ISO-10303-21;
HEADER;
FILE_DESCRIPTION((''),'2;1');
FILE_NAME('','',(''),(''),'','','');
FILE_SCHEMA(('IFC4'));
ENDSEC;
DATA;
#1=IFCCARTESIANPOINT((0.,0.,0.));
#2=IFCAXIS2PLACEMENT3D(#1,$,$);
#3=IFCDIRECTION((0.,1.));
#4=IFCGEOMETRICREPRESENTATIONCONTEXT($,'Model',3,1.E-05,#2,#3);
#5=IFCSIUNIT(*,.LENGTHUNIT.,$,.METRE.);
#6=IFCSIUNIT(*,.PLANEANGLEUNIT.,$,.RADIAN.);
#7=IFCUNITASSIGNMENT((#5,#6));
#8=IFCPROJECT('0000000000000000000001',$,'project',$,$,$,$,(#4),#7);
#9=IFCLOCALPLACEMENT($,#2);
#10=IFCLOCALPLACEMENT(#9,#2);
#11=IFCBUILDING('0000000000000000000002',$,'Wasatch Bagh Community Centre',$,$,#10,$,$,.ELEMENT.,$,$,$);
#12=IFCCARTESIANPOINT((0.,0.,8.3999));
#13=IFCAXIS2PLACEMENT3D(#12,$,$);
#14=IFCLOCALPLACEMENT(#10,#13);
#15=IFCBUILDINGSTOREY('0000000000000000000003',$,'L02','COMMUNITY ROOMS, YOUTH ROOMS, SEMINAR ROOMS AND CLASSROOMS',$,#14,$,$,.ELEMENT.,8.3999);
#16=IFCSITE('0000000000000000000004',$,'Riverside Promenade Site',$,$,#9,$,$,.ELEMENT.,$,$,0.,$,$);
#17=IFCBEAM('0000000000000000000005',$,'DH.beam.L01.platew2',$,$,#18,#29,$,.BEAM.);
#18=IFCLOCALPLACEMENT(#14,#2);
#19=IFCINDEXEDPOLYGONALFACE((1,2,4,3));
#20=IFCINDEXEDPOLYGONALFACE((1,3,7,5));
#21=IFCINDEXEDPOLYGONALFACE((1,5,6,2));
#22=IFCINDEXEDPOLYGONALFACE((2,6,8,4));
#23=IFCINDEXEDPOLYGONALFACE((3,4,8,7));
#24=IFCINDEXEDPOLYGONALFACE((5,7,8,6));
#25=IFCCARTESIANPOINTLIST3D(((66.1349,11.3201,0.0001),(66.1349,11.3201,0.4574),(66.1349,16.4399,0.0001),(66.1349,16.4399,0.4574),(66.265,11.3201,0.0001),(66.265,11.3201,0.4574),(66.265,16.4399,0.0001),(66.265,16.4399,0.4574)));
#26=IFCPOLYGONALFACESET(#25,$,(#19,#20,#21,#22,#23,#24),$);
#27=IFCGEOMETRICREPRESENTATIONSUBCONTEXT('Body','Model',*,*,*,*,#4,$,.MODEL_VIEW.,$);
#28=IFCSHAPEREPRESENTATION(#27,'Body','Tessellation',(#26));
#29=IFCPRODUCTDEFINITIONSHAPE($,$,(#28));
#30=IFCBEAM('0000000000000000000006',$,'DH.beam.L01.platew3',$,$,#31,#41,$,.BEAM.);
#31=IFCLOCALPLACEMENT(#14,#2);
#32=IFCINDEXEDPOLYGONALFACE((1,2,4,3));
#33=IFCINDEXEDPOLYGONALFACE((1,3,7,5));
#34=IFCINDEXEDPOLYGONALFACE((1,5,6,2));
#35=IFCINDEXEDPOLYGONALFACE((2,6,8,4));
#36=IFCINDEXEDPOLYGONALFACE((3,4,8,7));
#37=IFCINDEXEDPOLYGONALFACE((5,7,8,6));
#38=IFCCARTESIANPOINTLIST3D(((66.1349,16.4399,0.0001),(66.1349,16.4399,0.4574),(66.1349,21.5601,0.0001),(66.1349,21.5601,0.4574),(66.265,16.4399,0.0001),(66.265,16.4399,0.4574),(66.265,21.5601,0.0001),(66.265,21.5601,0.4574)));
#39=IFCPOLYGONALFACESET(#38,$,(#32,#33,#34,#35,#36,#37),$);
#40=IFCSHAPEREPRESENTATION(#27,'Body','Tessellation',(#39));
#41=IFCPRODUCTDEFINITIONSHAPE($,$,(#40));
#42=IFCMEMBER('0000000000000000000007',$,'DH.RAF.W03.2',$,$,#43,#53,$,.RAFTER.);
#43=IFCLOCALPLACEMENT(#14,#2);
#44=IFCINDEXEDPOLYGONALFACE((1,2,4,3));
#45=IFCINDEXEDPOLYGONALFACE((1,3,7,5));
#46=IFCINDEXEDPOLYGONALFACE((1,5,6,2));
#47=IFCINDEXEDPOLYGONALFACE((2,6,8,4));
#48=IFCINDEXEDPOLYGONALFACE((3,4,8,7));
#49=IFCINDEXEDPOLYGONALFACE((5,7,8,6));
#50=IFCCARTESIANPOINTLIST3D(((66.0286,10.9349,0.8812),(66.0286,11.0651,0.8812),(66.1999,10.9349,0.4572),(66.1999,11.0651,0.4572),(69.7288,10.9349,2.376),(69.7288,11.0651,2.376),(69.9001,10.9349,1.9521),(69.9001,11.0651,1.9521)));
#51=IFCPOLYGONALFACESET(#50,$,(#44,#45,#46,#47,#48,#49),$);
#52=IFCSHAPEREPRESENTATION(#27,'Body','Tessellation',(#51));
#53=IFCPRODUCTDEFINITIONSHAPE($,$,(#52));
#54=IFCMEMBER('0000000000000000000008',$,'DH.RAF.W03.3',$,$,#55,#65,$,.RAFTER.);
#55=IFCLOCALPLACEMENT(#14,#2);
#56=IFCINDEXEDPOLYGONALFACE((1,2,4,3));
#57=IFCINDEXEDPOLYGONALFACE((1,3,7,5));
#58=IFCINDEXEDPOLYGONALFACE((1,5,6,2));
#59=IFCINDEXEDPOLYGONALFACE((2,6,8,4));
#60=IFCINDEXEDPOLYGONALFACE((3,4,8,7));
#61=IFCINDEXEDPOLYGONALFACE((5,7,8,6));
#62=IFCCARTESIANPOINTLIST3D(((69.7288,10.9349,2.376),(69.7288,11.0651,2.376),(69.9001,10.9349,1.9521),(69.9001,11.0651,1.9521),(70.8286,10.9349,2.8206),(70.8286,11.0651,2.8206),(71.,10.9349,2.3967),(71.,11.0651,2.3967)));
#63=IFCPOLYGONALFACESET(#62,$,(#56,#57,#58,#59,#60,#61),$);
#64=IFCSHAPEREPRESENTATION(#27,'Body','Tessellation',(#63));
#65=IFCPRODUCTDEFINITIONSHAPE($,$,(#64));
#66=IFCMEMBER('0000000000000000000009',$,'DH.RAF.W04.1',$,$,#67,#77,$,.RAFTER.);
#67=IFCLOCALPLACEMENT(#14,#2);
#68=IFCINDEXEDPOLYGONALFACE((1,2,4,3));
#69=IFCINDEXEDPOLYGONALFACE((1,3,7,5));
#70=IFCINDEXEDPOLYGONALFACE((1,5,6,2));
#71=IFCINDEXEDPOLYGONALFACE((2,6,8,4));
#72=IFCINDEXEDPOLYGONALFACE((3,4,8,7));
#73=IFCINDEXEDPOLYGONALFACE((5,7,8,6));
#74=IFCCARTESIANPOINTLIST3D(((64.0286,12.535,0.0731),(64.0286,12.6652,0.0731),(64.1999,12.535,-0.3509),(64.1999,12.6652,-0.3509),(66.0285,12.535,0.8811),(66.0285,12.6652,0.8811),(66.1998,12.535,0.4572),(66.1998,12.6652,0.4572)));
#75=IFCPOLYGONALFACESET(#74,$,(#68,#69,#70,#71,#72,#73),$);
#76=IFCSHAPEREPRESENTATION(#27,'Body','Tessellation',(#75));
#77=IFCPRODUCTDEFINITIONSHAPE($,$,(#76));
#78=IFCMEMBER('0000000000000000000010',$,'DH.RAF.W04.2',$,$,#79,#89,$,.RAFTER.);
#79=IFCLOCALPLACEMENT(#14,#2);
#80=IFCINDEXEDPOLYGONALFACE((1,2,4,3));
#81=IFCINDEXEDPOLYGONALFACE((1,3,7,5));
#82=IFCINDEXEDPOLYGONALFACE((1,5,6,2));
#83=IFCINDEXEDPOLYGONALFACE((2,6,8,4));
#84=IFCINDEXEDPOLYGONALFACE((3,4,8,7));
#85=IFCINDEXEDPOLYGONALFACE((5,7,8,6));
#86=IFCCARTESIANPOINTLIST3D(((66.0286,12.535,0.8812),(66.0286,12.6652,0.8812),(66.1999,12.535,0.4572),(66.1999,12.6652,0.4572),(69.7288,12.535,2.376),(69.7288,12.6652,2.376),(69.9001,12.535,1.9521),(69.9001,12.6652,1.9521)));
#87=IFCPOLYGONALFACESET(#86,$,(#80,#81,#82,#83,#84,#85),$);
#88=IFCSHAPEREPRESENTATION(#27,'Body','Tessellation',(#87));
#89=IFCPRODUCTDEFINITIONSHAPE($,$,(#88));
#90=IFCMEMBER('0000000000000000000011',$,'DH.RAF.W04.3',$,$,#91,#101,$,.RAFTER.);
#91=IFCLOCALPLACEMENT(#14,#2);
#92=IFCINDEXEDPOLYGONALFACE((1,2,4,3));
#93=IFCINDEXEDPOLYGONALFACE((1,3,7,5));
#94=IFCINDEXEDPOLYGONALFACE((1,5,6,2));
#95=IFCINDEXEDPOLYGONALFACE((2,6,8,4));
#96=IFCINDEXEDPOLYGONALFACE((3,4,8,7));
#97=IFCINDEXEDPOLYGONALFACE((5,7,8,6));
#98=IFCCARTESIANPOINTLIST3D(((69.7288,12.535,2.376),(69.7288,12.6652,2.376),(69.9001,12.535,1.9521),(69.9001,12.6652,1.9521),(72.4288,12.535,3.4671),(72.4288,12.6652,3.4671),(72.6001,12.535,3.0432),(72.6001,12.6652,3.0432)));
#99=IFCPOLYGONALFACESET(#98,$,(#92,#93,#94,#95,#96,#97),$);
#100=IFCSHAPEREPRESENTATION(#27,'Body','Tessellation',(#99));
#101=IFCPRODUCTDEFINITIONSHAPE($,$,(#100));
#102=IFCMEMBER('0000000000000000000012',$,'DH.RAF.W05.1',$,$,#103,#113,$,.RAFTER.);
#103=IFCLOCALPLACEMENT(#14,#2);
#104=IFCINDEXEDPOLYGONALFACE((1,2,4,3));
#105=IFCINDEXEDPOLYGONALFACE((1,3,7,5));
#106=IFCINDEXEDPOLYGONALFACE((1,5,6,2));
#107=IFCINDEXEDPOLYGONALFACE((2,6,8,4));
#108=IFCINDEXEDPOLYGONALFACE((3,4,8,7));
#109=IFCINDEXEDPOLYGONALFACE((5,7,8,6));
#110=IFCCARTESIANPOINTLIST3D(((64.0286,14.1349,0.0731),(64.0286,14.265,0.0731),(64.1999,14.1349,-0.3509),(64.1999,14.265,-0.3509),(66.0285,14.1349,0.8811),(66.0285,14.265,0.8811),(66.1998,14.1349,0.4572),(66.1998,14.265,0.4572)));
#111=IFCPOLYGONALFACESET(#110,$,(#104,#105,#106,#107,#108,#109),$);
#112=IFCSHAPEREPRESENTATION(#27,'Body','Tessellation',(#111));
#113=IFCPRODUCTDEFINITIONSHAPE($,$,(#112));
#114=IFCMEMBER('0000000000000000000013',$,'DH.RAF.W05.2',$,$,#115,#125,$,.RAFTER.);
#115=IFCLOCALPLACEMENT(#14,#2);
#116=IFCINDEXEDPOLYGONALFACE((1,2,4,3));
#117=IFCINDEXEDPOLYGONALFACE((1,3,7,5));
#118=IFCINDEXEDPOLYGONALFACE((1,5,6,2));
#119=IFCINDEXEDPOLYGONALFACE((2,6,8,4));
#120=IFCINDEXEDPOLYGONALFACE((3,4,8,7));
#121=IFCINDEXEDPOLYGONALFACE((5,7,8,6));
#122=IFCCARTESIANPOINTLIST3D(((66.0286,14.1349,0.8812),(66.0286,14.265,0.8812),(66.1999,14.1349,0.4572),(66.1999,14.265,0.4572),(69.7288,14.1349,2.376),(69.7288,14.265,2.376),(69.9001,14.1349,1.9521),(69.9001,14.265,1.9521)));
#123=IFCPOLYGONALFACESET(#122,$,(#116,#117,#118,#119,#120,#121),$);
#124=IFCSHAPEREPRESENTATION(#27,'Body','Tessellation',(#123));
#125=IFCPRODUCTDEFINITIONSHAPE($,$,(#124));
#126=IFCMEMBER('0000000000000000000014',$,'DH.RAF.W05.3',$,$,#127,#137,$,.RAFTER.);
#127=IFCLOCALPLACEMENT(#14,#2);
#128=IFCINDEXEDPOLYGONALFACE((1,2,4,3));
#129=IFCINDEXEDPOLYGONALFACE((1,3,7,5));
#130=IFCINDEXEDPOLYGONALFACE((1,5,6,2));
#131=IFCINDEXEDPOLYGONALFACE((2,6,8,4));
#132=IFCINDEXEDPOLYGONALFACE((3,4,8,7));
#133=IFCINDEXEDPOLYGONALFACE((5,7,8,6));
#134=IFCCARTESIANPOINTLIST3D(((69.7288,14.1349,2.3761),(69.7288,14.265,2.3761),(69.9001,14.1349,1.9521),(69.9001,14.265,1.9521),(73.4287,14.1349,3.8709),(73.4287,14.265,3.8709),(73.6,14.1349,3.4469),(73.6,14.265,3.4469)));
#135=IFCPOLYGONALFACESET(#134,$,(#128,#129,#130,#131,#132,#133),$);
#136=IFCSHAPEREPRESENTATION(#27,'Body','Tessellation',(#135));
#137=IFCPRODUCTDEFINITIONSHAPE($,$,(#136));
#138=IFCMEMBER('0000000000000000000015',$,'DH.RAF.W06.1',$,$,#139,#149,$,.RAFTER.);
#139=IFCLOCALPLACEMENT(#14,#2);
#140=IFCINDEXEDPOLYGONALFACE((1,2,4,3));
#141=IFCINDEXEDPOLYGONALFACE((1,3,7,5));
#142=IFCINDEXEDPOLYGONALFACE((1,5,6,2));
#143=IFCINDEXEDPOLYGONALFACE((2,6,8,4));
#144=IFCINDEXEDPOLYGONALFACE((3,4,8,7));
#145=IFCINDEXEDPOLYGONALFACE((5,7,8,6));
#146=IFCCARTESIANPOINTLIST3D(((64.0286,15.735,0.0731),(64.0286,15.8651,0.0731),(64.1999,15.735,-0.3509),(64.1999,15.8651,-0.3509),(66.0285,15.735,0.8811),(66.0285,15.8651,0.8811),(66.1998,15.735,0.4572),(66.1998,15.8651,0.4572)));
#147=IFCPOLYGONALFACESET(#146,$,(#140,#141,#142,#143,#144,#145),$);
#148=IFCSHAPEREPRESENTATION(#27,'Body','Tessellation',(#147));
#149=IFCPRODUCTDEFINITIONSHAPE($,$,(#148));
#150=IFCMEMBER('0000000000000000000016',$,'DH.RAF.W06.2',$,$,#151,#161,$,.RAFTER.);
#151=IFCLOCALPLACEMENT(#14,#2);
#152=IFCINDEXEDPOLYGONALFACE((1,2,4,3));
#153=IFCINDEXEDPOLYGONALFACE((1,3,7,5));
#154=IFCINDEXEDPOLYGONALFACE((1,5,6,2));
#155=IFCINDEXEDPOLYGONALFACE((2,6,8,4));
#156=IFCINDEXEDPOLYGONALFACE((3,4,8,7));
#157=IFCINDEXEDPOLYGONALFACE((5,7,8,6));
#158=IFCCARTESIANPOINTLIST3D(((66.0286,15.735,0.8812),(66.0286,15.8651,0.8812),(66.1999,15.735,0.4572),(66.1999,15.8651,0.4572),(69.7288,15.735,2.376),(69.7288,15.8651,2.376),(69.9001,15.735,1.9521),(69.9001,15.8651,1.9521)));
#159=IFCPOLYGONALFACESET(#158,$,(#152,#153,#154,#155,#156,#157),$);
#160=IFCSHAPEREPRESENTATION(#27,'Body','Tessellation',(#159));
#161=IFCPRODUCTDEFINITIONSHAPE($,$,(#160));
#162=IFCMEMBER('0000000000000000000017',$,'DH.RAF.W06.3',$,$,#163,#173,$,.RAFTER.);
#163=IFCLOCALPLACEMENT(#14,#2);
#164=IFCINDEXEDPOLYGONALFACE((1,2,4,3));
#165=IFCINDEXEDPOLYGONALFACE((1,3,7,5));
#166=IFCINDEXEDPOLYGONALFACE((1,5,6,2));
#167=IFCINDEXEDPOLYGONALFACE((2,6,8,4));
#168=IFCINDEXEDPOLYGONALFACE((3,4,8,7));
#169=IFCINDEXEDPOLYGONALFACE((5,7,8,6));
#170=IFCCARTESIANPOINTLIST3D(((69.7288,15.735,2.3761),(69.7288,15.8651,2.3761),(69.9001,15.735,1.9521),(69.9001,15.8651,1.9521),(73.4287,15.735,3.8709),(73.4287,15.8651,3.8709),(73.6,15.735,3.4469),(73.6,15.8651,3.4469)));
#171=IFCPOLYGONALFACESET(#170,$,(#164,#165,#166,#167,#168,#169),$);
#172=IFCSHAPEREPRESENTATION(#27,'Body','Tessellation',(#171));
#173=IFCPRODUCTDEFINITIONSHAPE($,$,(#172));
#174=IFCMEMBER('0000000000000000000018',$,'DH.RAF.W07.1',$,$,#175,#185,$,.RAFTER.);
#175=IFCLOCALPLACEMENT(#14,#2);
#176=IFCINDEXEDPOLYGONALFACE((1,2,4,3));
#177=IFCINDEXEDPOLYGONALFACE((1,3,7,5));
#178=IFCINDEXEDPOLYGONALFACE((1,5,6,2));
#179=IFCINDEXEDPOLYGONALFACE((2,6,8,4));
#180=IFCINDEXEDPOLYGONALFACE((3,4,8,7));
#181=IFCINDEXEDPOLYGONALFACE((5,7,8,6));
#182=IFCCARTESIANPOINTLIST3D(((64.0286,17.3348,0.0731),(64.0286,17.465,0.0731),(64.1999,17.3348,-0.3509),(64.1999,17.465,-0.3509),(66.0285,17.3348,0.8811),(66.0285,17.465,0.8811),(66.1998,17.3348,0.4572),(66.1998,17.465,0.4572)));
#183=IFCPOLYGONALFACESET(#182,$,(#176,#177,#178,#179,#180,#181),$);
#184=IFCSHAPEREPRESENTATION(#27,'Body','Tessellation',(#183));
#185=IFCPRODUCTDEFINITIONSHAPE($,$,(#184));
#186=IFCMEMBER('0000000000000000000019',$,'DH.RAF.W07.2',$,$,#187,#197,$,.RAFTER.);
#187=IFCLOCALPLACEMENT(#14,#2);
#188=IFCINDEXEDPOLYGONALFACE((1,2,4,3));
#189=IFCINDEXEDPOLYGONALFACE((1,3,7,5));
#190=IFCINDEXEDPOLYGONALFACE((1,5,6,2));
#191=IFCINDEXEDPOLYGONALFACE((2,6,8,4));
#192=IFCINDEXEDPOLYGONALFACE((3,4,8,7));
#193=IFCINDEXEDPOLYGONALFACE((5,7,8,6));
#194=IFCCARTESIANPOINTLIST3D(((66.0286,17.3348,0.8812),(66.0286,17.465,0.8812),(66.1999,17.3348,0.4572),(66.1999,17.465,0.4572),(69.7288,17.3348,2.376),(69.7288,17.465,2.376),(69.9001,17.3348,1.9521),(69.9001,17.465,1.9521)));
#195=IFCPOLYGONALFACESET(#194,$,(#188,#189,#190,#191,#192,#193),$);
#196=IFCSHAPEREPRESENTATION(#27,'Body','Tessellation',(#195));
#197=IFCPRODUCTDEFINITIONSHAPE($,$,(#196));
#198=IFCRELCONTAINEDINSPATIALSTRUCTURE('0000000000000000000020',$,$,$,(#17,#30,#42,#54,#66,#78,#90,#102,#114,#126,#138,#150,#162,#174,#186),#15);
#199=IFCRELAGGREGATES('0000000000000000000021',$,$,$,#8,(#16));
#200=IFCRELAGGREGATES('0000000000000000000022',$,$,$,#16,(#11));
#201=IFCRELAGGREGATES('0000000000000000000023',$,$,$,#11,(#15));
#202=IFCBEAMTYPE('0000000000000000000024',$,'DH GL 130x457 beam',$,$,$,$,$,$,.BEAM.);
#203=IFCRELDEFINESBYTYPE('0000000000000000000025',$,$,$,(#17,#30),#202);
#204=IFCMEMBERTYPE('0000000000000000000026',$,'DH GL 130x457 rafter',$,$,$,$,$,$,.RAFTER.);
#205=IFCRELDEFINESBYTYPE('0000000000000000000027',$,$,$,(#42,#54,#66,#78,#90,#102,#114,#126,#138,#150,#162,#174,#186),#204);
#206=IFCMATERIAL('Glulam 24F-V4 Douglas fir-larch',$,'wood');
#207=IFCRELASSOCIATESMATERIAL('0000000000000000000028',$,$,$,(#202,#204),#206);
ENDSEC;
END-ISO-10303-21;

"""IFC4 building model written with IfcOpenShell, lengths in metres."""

from ifc_helpers import new_model, si_unit, direction, frame, origin, origin_2d, place, context, subcontext, project, spatial, rectangle, extrude, material, material_profile, profile_set, type_object, element, save


model = new_model("IFC4")

# Units and contexts
model_context = context("Model", 3, precision=1e-05, world=origin(), true_north=direction((0.0, 1.0)))
body_context = subcontext(model_context, "Body", "Model", "MODEL_VIEW")
ifc_project = project(units=[si_unit("LENGTHUNIT", "METRE"), si_unit("PLANEANGLEUNIT", "RADIAN")], contexts=[model_context])

# Site, building, storey
site_placement = place(None, origin())
site = spatial("IfcSite", under=ifc_project, at=site_placement, Name="Riverside Promenade Site", CompositionType="ELEMENT", RefElevation=0.0)
building_placement = place(site_placement, origin())
building = spatial("IfcBuilding", under=site, at=building_placement, Name="Wasatch Bagh Community Centre", CompositionType="ELEMENT")
storey_placement = place(building_placement, frame((0.0, 0.0, 8.3999)))
storey = spatial("IfcBuildingStorey", under=building, at=storey_placement, Name="L02", Description="COMMUNITY ROOMS, YOUTH ROOMS, SEMINAR ROOMS AND CLASSROOMS", CompositionType="ELEMENT", Elevation=8.3999)

# Beams
ifc_material_1 = material(Name="Glulam 24F-V4 Douglas fir-larch", Category="wood")
ifc_material_profile_1 = material_profile(ifc_material_1, rectangle(XDim=0.1301, YDim=0.4573, at=origin_2d()), Name="GL 130x457")
ifc_profile_set_1 = profile_set([ifc_material_profile_1], Name="Glulam 24F-V4 Douglas fir-larch")
beam_type = type_object("IfcBeamType", Name="DH GL 130x457 beam", PredefinedType="BEAM", material=ifc_profile_set_1)
beam_1_placement = place(storey_placement, frame((66.2, 11.3201, 0.2288), z_axis=(0.0, 1.0, 0.0), x_axis=(-1.0, 0.0, 0.0)))
element("IfcBeam", 1, at=beam_1_placement, inside=storey, type_object=beam_type, Name="DH.beam.L01.platew2", PredefinedType="BEAM", context=body_context, shape_type="SweptSolid", body=[
    extrude(rectangle(XDim=0.1301, YDim=0.4573, at=origin_2d()), origin(), (0.0, 0.0, 1.0), 5.1199),
])
beam_2_placement = place(storey_placement, frame((66.2, 16.4399, 0.2288), z_axis=(0.0, 1.0, 0.0), x_axis=(-1.0, 0.0, 0.0)))
element("IfcBeam", 2, at=beam_2_placement, inside=storey, type_object=beam_type, Name="DH.beam.L01.platew3", PredefinedType="BEAM", context=body_context, shape_type="SweptSolid", body=[
    extrude(rectangle(XDim=0.1301, YDim=0.4573, at=origin_2d()), origin(), (0.0, 0.0, 1.0), 5.1201),
])

# Members
ifc_material_profile_2 = material_profile(ifc_material_1, rectangle(XDim=0.1301, YDim=0.4573, at=origin_2d()), Name="GL 130x457")
ifc_profile_set_2 = profile_set([ifc_material_profile_2], Name="Glulam 24F-V4 Douglas fir-larch")
member_type = type_object("IfcMemberType", Name="DH GL 130x457 rafter", PredefinedType="RAFTER", material=ifc_profile_set_2)
member_1_placement = place(storey_placement, frame((66.1143, 11.0, 0.6692), z_axis=(0.927193, 0.0, 0.374584), x_axis=(0.0, 1.0, 0.0)))
element("IfcMember", 3, at=member_1_placement, inside=storey, type_object=member_type, Name="DH.RAF.W03.2", PredefinedType="RAFTER", context=body_context, shape_type="SweptSolid", body=[
    extrude(rectangle(XDim=0.1301, YDim=0.4573, at=origin_2d()), origin(), (0.0, 0.0, 1.0), 3.9907),
])
member_2_placement = place(storey_placement, frame((69.8145, 11.0, 2.1641), z_axis=(0.927122, 0.0, 0.374759), x_axis=(0.0, 1.0, 0.0)))
element("IfcMember", 4, at=member_2_placement, inside=storey, type_object=member_type, Name="DH.RAF.W03.3", PredefinedType="RAFTER", context=body_context, shape_type="SweptSolid", body=[
    extrude(rectangle(XDim=0.1301, YDim=0.4573, at=origin_2d()), origin(), (0.0, 0.0, 1.0), 1.1863),
])
member_3_placement = place(storey_placement, frame((64.1143, 12.6001, -0.1389), z_axis=(0.927175, 0.0, 0.374628), x_axis=(0.0, 1.0, 0.0)))
element("IfcMember", 5, at=member_3_placement, inside=storey, type_object=member_type, Name="DH.RAF.W04.1", PredefinedType="RAFTER", context=body_context, shape_type="SweptSolid", body=[
    extrude(rectangle(XDim=0.1301, YDim=0.4573, at=origin_2d()), origin(), (0.0, 0.0, 1.0), 2.157),
])
member_4_placement = place(storey_placement, frame((66.1143, 12.6001, 0.6692), z_axis=(0.927193, 0.0, 0.374584), x_axis=(0.0, 1.0, 0.0)))
element("IfcMember", 6, at=member_4_placement, inside=storey, type_object=member_type, Name="DH.RAF.W04.2", PredefinedType="RAFTER", context=body_context, shape_type="SweptSolid", body=[
    extrude(rectangle(XDim=0.1301, YDim=0.4573, at=origin_2d()), origin(), (0.0, 0.0, 1.0), 3.9907),
])
member_5_placement = place(storey_placement, frame((69.8145, 12.6001, 2.1641), z_axis=(0.927158, 0.0, 0.37467), x_axis=(0.0, 1.0, 0.0)))
element("IfcMember", 7, at=member_5_placement, inside=storey, type_object=member_type, Name="DH.RAF.W04.3", PredefinedType="RAFTER", context=body_context, shape_type="SweptSolid", body=[
    extrude(rectangle(XDim=0.1301, YDim=0.4573, at=origin_2d()), origin(), (0.0, 0.0, 1.0), 2.9121),
])
member_6_placement = place(storey_placement, frame((64.1143, 14.2, -0.1389), z_axis=(0.927175, 0.0, 0.374628), x_axis=(0.0, 1.0, 0.0)))
element("IfcMember", 8, at=member_6_placement, inside=storey, type_object=member_type, Name="DH.RAF.W05.1", PredefinedType="RAFTER", context=body_context, shape_type="SweptSolid", body=[
    extrude(rectangle(XDim=0.1301, YDim=0.4573, at=origin_2d()), origin(), (0.0, 0.0, 1.0), 2.157),
])
member_7_placement = place(storey_placement, frame((66.1143, 14.2, 0.6692), z_axis=(0.927193, 0.0, 0.374584), x_axis=(0.0, 1.0, 0.0)))
element("IfcMember", 9, at=member_7_placement, inside=storey, type_object=member_type, Name="DH.RAF.W05.2", PredefinedType="RAFTER", context=body_context, shape_type="SweptSolid", body=[
    extrude(rectangle(XDim=0.1301, YDim=0.4573, at=origin_2d()), origin(), (0.0, 0.0, 1.0), 3.9907),
])
member_8_placement = place(storey_placement, frame((69.8145, 14.2, 2.1641), z_axis=(0.927184, 0.0, 0.374606), x_axis=(0.0, 1.0, 0.0)))
element("IfcMember", 10, at=member_8_placement, inside=storey, type_object=member_type, Name="DH.RAF.W05.3", PredefinedType="RAFTER", context=body_context, shape_type="SweptSolid", body=[
    extrude(rectangle(XDim=0.1301, YDim=0.4573, at=origin_2d()), origin(), (0.0, 0.0, 1.0), 3.9905),
])
member_9_placement = place(storey_placement, frame((64.1143, 15.8, -0.1389), z_axis=(0.927175, 0.0, 0.374628), x_axis=(0.0, 1.0, 0.0)))
element("IfcMember", 11, at=member_9_placement, inside=storey, type_object=member_type, Name="DH.RAF.W06.1", PredefinedType="RAFTER", context=body_context, shape_type="SweptSolid", body=[
    extrude(rectangle(XDim=0.1301, YDim=0.4573, at=origin_2d()), origin(), (0.0, 0.0, 1.0), 2.157),
])
member_10_placement = place(storey_placement, frame((66.1143, 15.8, 0.6692), z_axis=(0.927193, 0.0, 0.374584), x_axis=(0.0, 1.0, 0.0)))
element("IfcMember", 12, at=member_10_placement, inside=storey, type_object=member_type, Name="DH.RAF.W06.2", PredefinedType="RAFTER", context=body_context, shape_type="SweptSolid", body=[
    extrude(rectangle(XDim=0.1301, YDim=0.4573, at=origin_2d()), origin(), (0.0, 0.0, 1.0), 3.9907),
])
member_11_placement = place(storey_placement, frame((69.8145, 15.8, 2.1641), z_axis=(0.927184, 0.0, 0.374606), x_axis=(0.0, 1.0, 0.0)))
element("IfcMember", 13, at=member_11_placement, inside=storey, type_object=member_type, Name="DH.RAF.W06.3", PredefinedType="RAFTER", context=body_context, shape_type="SweptSolid", body=[
    extrude(rectangle(XDim=0.1301, YDim=0.4573, at=origin_2d()), origin(), (0.0, 0.0, 1.0), 3.9905),
])
member_12_placement = place(storey_placement, frame((64.1143, 17.3999, -0.1389), z_axis=(0.927175, 0.0, 0.374628), x_axis=(0.0, 1.0, 0.0)))
element("IfcMember", 14, at=member_12_placement, inside=storey, type_object=member_type, Name="DH.RAF.W07.1", PredefinedType="RAFTER", context=body_context, shape_type="SweptSolid", body=[
    extrude(rectangle(XDim=0.1301, YDim=0.4573, at=origin_2d()), origin(), (0.0, 0.0, 1.0), 2.157),
])
member_13_placement = place(storey_placement, frame((66.1143, 17.3999, 0.6692), z_axis=(0.927193, 0.0, 0.374584), x_axis=(0.0, 1.0, 0.0)))
element("IfcMember", 15, at=member_13_placement, inside=storey, type_object=member_type, Name="DH.RAF.W07.2", PredefinedType="RAFTER", context=body_context, shape_type="SweptSolid", body=[
    extrude(rectangle(XDim=0.1301, YDim=0.4573, at=origin_2d()), origin(), (0.0, 0.0, 1.0), 3.9907),
])

save(model, "model.ifc")
